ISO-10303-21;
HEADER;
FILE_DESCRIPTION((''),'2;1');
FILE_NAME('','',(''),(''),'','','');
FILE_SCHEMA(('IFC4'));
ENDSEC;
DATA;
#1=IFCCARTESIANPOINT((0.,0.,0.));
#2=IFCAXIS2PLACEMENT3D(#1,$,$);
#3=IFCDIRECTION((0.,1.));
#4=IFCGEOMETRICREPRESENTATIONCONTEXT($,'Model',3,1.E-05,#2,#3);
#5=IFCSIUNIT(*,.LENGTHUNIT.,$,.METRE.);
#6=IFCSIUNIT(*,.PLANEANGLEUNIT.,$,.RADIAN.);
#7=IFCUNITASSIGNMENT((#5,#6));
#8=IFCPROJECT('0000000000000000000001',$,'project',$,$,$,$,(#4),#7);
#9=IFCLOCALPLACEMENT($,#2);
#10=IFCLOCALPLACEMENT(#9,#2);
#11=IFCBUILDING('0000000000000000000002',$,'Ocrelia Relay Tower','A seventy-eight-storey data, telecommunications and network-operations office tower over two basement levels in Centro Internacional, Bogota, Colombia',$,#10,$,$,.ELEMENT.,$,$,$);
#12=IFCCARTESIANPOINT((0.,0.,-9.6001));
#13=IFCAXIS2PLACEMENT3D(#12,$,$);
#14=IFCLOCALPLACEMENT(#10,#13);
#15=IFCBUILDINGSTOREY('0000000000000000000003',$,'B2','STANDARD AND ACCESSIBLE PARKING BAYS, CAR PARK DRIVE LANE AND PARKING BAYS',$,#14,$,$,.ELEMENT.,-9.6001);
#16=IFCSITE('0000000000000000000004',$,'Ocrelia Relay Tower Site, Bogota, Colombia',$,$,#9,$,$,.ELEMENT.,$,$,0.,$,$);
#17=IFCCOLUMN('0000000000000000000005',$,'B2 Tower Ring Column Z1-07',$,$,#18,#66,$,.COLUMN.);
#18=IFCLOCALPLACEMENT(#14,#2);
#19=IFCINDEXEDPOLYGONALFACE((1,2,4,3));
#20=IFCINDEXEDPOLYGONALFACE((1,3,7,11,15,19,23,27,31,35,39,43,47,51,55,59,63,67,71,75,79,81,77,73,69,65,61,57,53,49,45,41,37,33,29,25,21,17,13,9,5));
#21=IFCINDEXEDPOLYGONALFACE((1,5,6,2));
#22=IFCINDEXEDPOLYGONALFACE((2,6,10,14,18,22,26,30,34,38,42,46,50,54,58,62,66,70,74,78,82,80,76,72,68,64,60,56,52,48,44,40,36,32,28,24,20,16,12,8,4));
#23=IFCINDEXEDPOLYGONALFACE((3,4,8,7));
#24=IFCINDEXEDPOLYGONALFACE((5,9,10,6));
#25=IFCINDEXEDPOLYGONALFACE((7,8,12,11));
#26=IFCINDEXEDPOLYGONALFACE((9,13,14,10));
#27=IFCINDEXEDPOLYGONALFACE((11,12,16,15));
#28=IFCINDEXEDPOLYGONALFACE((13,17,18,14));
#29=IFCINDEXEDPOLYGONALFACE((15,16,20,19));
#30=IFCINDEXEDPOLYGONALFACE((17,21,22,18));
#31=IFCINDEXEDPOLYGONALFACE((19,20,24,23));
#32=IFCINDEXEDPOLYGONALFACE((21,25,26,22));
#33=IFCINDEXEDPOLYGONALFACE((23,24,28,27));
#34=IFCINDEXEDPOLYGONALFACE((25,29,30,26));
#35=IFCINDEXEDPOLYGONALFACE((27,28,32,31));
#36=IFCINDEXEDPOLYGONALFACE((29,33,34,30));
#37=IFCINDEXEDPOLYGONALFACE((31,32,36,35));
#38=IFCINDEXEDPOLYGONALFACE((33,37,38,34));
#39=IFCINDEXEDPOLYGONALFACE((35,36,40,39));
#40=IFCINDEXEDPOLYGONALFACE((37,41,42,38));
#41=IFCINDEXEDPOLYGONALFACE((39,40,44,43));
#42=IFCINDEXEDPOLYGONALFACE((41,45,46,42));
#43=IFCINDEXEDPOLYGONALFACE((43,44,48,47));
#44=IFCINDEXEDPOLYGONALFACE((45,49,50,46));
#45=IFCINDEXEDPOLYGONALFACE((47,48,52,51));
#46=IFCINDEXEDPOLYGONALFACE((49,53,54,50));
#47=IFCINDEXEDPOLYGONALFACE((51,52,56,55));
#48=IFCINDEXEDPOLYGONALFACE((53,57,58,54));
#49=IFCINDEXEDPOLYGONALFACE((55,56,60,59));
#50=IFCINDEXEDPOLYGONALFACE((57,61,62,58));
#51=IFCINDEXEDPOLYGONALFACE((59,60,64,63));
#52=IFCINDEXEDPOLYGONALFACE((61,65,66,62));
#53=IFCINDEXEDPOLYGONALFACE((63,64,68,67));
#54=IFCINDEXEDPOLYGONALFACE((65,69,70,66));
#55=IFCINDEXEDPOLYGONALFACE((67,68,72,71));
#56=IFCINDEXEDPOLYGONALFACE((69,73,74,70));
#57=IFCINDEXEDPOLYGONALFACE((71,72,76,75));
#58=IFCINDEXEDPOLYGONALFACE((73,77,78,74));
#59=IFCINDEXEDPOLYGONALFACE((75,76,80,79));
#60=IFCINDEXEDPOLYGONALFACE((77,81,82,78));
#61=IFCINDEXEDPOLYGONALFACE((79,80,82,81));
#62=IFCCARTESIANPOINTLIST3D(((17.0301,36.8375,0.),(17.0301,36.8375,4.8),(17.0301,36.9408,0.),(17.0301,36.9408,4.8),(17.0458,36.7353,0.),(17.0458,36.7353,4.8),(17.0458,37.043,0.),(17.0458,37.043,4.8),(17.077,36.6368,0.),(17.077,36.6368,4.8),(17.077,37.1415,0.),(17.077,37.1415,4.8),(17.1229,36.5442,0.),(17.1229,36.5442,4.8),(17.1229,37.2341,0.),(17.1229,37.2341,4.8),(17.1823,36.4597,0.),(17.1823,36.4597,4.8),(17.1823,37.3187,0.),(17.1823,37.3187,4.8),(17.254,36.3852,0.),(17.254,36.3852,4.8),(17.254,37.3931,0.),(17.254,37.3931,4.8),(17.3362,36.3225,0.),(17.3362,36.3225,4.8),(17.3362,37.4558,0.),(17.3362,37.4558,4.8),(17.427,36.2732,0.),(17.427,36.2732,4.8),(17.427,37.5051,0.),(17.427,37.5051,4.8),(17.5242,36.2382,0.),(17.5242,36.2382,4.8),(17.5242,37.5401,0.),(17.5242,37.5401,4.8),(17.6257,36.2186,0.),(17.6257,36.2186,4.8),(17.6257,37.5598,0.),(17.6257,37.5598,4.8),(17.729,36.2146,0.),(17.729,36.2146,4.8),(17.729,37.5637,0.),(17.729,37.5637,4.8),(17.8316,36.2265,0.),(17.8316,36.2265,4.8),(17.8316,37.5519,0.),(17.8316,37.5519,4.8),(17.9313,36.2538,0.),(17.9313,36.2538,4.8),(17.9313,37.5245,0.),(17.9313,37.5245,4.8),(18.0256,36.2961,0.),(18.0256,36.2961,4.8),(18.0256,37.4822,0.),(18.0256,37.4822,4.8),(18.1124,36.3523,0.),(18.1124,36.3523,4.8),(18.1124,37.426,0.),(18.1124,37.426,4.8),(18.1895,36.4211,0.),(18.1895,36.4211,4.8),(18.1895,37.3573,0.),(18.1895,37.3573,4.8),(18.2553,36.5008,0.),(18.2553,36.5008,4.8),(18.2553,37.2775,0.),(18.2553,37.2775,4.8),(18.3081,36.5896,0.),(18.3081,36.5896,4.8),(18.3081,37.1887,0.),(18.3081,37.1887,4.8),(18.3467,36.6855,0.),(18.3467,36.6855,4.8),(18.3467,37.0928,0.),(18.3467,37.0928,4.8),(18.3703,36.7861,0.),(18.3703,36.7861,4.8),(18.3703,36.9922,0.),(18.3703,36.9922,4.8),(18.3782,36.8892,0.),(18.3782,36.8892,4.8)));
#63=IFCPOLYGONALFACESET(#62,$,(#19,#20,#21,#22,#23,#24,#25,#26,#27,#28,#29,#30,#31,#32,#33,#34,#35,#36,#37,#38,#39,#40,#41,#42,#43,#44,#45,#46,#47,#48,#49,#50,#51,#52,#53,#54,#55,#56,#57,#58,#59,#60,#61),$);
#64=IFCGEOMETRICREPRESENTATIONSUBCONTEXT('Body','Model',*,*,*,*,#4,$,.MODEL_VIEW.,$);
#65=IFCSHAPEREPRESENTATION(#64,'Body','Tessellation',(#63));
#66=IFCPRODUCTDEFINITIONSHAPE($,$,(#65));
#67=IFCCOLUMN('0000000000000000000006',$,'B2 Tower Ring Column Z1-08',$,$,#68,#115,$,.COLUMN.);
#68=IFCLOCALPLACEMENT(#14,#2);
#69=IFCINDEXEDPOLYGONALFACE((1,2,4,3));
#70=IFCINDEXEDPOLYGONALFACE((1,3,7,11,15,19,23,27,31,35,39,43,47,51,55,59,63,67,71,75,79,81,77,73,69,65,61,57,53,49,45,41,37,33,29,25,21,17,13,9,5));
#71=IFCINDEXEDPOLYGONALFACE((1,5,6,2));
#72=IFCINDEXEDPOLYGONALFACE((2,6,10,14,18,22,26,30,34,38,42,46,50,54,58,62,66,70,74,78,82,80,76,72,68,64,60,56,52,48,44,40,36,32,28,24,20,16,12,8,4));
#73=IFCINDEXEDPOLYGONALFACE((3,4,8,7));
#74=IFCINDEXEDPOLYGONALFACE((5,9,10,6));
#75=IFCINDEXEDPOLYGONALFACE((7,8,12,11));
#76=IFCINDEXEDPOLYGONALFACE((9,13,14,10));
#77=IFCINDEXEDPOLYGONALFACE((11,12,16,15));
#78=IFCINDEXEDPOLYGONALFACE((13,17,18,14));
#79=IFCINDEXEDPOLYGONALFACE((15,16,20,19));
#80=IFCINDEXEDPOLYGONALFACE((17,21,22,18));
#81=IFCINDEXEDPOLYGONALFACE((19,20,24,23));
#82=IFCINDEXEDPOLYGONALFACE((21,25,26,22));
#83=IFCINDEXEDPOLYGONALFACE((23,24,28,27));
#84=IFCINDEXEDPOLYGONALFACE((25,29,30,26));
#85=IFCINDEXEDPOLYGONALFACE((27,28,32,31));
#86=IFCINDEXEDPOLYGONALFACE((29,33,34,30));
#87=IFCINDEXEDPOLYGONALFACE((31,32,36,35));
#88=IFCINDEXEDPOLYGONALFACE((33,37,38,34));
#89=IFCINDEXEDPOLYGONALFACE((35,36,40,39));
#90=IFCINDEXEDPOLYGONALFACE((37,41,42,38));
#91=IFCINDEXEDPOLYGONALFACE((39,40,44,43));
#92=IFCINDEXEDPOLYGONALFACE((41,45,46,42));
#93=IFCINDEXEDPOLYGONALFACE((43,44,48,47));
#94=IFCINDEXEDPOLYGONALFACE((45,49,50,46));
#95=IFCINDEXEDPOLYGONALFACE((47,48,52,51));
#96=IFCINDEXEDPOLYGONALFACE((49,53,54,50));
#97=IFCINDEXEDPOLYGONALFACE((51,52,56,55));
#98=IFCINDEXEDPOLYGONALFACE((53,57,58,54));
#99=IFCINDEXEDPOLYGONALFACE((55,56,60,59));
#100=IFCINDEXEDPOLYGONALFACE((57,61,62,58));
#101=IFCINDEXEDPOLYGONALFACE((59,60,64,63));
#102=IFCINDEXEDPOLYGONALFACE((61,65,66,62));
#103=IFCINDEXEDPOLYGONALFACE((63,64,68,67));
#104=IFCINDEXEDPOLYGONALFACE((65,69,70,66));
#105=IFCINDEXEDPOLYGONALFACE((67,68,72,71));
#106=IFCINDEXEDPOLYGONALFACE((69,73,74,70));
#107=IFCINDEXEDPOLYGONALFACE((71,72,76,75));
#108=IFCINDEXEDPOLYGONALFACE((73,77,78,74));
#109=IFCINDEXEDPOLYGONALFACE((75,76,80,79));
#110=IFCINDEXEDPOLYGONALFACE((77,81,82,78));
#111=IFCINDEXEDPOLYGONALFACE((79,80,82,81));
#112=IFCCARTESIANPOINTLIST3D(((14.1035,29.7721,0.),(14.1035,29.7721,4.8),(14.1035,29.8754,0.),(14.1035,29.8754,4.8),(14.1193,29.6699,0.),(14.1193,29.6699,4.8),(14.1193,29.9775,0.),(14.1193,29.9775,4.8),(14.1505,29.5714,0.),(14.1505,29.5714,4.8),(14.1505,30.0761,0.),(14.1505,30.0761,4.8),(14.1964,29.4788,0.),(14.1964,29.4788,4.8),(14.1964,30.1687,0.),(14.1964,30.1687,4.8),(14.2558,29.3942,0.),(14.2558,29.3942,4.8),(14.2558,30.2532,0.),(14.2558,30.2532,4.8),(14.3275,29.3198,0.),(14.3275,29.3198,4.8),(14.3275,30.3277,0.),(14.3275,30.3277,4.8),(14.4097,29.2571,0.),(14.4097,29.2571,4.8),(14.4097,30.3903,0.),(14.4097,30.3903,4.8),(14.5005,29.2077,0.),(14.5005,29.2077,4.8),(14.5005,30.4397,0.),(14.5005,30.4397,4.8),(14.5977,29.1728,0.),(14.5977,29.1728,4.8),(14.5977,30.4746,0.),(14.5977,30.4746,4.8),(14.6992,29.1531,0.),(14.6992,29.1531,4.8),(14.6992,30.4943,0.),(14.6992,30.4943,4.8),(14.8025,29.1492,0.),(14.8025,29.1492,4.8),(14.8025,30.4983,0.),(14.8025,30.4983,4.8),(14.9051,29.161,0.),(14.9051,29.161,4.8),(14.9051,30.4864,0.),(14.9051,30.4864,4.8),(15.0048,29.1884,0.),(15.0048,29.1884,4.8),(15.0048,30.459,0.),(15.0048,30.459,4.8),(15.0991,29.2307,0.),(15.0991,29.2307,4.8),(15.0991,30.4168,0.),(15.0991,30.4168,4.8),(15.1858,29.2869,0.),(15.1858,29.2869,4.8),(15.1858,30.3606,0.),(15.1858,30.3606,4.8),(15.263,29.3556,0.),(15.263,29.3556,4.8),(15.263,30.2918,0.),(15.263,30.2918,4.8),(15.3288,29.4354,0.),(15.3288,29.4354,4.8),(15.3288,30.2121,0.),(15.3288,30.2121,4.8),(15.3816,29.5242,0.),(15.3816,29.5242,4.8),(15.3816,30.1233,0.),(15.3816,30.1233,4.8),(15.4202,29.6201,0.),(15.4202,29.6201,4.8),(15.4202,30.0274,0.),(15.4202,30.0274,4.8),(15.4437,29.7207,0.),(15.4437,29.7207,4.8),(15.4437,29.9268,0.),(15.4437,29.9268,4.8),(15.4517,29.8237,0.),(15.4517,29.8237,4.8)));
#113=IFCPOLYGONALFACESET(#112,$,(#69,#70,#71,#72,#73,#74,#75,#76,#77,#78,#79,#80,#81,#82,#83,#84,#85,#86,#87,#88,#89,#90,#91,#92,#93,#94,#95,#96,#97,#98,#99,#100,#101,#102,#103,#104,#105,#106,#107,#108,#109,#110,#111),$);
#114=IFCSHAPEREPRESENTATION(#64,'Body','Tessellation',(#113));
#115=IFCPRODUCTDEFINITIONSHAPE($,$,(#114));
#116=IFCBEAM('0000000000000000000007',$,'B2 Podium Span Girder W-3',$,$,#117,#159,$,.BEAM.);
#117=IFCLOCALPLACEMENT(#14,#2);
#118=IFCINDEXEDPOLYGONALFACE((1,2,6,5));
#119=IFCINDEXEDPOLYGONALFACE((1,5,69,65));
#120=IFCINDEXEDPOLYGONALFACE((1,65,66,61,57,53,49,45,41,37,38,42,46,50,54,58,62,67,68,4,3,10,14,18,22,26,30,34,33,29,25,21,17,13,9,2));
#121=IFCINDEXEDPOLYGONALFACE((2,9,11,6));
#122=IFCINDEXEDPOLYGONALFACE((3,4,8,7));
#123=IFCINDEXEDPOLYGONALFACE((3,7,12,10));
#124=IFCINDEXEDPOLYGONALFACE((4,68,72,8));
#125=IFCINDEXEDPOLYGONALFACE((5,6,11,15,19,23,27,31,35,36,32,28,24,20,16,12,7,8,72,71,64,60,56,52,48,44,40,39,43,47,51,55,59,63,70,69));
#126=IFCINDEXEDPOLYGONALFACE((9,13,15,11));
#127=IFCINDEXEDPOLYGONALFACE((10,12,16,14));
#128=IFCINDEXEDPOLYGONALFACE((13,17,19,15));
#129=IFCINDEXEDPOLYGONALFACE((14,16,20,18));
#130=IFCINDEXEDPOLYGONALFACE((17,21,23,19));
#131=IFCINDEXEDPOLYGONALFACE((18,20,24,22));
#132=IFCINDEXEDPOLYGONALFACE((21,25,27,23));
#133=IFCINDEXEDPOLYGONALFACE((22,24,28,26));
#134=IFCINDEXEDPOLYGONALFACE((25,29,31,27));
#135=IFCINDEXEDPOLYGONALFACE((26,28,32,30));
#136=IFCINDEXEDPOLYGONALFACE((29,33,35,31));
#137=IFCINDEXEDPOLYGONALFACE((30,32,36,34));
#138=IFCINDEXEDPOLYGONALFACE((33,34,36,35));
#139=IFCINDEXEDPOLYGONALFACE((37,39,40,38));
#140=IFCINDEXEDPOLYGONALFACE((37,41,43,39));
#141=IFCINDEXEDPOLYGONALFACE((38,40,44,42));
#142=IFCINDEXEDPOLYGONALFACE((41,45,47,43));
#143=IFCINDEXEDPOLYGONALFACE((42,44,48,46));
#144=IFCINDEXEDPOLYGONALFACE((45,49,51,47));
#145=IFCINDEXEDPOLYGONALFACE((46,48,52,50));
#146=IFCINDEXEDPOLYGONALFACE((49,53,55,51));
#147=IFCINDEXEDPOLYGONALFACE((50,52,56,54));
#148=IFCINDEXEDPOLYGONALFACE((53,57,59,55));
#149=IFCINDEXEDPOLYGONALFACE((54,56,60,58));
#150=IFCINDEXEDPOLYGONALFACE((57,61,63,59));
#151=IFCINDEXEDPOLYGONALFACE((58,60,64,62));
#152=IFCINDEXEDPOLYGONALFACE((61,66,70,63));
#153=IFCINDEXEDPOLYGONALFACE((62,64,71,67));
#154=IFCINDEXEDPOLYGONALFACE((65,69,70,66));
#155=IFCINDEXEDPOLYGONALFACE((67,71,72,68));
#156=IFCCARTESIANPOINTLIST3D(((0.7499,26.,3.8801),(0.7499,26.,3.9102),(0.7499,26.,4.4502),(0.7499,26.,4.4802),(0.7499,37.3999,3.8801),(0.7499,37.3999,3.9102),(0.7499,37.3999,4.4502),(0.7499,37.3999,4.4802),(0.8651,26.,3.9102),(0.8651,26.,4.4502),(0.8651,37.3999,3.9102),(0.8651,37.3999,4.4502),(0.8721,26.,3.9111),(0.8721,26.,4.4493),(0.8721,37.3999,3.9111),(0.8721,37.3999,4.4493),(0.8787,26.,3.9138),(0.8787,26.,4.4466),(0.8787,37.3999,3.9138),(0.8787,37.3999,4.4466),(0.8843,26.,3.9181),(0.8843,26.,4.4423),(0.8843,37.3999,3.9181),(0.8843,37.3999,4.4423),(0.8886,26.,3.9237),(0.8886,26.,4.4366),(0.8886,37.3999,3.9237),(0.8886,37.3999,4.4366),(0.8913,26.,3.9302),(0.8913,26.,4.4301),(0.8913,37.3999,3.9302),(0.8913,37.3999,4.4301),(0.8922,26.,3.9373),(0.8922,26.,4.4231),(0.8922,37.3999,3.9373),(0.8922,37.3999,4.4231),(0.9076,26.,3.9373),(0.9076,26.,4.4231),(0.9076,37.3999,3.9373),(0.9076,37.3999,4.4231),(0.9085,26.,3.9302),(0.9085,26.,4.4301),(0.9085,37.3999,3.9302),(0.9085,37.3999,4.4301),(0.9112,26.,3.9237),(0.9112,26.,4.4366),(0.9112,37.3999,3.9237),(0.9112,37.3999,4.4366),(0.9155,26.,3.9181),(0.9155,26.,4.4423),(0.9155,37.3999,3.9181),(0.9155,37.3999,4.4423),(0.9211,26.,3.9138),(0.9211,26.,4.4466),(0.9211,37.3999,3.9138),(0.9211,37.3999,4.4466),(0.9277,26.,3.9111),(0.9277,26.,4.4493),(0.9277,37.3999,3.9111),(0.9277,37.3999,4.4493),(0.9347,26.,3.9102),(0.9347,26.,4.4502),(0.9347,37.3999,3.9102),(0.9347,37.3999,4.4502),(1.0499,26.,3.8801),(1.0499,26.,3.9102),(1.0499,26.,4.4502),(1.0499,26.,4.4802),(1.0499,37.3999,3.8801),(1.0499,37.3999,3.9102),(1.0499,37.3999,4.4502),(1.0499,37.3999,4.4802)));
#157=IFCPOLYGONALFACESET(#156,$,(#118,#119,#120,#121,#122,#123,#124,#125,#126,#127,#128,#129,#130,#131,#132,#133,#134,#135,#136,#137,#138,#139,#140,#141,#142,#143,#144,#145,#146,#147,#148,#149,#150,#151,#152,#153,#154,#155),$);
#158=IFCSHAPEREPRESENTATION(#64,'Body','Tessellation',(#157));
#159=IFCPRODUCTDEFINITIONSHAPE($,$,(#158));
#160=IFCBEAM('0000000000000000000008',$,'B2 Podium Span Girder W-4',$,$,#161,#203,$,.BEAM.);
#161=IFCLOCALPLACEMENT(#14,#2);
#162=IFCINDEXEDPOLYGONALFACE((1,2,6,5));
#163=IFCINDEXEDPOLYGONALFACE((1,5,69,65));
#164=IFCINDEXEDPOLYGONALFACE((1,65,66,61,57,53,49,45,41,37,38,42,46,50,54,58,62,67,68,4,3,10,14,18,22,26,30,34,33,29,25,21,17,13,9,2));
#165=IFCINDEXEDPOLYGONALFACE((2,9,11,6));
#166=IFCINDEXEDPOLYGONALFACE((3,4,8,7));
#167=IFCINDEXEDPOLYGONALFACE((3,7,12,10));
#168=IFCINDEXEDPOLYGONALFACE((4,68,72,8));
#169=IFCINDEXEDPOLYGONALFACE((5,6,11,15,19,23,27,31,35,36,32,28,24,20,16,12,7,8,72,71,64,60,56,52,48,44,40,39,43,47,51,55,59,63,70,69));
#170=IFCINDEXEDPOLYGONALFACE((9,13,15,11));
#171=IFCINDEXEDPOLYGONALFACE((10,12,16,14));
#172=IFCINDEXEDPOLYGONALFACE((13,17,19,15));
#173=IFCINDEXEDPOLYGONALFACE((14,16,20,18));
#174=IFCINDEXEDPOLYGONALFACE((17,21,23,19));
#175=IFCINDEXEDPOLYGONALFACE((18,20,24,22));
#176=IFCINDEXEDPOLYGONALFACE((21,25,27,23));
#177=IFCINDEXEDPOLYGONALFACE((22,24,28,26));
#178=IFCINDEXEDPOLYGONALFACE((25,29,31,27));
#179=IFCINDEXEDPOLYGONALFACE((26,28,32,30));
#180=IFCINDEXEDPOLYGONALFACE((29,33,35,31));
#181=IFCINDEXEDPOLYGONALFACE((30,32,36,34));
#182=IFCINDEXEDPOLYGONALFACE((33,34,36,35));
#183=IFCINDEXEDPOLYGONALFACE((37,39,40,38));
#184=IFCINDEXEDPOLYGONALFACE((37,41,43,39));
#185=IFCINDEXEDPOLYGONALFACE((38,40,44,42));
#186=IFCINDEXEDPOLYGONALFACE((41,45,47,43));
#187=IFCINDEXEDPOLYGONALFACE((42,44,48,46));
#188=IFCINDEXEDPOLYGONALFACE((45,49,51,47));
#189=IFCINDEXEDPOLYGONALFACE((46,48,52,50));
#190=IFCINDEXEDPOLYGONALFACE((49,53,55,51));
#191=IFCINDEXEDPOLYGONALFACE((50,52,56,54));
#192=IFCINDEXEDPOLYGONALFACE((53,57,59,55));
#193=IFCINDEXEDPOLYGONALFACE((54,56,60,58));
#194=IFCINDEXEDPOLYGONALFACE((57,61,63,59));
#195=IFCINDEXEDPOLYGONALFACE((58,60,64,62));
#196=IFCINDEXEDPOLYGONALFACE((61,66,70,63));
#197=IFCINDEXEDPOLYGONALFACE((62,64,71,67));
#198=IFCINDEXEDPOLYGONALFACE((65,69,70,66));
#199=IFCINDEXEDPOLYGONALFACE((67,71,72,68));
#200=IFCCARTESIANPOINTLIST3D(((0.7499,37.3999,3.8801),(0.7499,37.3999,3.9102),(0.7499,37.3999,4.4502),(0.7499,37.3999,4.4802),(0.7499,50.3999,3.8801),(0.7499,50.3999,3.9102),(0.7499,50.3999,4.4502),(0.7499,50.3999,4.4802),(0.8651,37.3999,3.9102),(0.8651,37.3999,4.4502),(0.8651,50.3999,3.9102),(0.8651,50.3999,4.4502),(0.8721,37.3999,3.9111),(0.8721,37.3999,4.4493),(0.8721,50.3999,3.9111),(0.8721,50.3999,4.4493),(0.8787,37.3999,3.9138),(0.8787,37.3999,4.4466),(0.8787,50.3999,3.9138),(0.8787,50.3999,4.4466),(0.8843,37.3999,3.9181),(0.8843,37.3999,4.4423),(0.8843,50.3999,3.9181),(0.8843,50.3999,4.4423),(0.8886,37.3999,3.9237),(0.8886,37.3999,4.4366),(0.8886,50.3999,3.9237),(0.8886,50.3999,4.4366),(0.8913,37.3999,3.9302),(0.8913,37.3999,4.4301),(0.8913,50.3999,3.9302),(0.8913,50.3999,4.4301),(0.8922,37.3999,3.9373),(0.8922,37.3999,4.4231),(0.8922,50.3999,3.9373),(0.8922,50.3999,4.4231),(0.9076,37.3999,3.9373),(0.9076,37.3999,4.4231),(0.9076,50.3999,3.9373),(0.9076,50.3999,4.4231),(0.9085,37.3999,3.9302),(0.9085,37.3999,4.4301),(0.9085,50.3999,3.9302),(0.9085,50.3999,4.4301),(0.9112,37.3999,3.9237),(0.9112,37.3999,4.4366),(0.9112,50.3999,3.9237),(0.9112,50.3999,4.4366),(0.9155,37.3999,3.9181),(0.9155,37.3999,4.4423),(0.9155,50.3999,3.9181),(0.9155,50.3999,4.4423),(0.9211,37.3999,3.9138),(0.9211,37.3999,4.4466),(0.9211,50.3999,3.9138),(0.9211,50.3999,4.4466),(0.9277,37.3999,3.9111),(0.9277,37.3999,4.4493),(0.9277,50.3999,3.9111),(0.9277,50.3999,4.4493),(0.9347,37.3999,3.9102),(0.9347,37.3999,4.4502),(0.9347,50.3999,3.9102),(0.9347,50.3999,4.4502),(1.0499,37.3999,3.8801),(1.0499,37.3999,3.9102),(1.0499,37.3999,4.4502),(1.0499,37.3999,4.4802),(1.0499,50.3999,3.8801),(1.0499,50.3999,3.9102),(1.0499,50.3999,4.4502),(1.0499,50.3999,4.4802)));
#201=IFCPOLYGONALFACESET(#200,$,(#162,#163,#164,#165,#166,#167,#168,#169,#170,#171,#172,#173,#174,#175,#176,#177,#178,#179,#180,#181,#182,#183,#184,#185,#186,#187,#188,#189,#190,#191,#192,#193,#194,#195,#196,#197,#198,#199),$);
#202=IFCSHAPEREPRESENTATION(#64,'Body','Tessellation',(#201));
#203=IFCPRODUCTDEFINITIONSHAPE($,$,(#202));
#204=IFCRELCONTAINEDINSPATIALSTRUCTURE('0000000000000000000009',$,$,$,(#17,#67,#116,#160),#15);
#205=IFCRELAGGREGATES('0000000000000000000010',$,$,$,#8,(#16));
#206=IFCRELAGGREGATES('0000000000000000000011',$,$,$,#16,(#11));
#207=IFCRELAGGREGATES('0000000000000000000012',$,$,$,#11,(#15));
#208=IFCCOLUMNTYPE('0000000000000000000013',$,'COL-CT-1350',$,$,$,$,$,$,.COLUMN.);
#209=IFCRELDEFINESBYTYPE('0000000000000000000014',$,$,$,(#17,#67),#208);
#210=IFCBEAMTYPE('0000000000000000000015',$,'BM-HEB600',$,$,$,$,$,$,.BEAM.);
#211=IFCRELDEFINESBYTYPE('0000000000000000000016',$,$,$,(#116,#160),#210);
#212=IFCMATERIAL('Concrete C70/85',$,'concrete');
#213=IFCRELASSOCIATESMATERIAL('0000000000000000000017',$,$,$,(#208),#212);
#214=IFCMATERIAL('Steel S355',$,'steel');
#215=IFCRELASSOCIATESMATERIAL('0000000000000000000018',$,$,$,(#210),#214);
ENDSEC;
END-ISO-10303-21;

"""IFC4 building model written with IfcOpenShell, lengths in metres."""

from ifc_helpers import new_model, si_unit, direction, frame, origin, origin_2d, place, context, subcontext, project, spatial, circle, i_section, extrude, material, material_profile, profile_set, type_object, element, save


model = new_model("IFC4")

# Units and contexts
model_context = context("Model", 3, precision=1e-05, world=origin(), true_north=direction((0.0, 1.0)))
body_context = subcontext(model_context, "Body", "Model", "MODEL_VIEW")
ifc_project = project(units=[si_unit("LENGTHUNIT", "METRE"), si_unit("PLANEANGLEUNIT", "RADIAN")], contexts=[model_context])

# Site, building, storey
site_placement = place(None, origin())
site = spatial("IfcSite", under=ifc_project, at=site_placement, Name="Ocrelia Relay Tower Site, Bogota, Colombia", CompositionType="ELEMENT", RefElevation=0.0)
building_placement = place(site_placement, origin())
building = spatial("IfcBuilding", under=site, at=building_placement, Name="Ocrelia Relay Tower", Description="A seventy-eight-storey data, telecommunications and network-operations office tower over two basement levels in Centro Internacional, Bogota, Colombia", CompositionType="ELEMENT")
storey_placement = place(building_placement, frame((0.0, 0.0, -9.6001)))
storey = spatial("IfcBuildingStorey", under=building, at=storey_placement, Name="B2", Description="STANDARD AND ACCESSIBLE PARKING BAYS, CAR PARK DRIVE LANE AND PARKING BAYS", CompositionType="ELEMENT", Elevation=-9.6001)

# Columns
ifc_material_1 = material(Name="Concrete C70/85", Category="concrete")
ifc_material_profile_1 = material_profile(ifc_material_1, circle(Radius=0.675, at=origin_2d()), Name="RC-CIR-1350")
ifc_profile_set_1 = profile_set([ifc_material_profile_1], Name="Concrete C70/85")
column_type_1 = type_object("IfcColumnType", Name="COL-CT-1350", PredefinedType="COLUMN", material=ifc_profile_set_1)
for number, where, z_axis, x_axis, name in (
    (1, (17.7031, 36.8892, 0.0), (0.0, 0.0, 1.0), (1.0, 0.0, 0.0), "B2 Tower Ring Column Z1-07"),
    (2, (14.7766, 29.8237, 0.0), (0.0, 0.0, 1.0), (1.0, 0.0, 0.0), "B2 Tower Ring Column Z1-08"),
):
    element("IfcColumn", number, at=place(storey_placement, frame(where, z_axis=z_axis, x_axis=x_axis)), inside=storey, type_object=column_type_1, Name=name, PredefinedType="COLUMN", context=body_context, shape_type="SweptSolid", body=[
        extrude(circle(Radius=0.675, at=origin_2d()), origin(), (0.0, 0.0, 1.0), 4.8),
    ])

# Beams
ifc_material_2 = material(Name="Steel S355", Category="steel")
ifc_material_profile_2 = material_profile(ifc_material_2, i_section(OverallWidth=0.3, OverallDepth=0.6001, WebThickness=0.0154, FlangeThickness=0.03, FilletRadius=0.0271, at=origin_2d()), Name="HEB 600")
ifc_profile_set_2 = profile_set([ifc_material_profile_2], Name="Steel S355")
beam_type_1 = type_object("IfcBeamType", Name="BM-HEB600", PredefinedType="BEAM", material=ifc_profile_set_2)
beam_1_placement = place(storey_placement, frame((0.8999, 26.0, 4.1802), z_axis=(0.0, 1.0, 0.0), x_axis=(-1.0, 0.0, 0.0)))
element("IfcBeam", 3, at=beam_1_placement, inside=storey, type_object=beam_type_1, Name="B2 Podium Span Girder W-3", PredefinedType="BEAM", context=body_context, shape_type="SweptSolid", body=[
    extrude(i_section(OverallWidth=0.3, OverallDepth=0.6001, WebThickness=0.0154, FlangeThickness=0.03, FilletRadius=0.0271, at=origin_2d()), origin(), (0.0, 0.0, 1.0), 11.3999),
])
beam_2_placement = place(storey_placement, frame((0.8999, 37.3999, 4.1802), z_axis=(0.0, 1.0, 0.0), x_axis=(-1.0, 0.0, 0.0)))
element("IfcBeam", 4, at=beam_2_placement, inside=storey, type_object=beam_type_1, Name="B2 Podium Span Girder W-4", PredefinedType="BEAM", context=body_context, shape_type="SweptSolid", body=[
    extrude(i_section(OverallWidth=0.3, OverallDepth=0.6001, WebThickness=0.0154, FlangeThickness=0.03, FilletRadius=0.0271, at=origin_2d()), origin(), (0.0, 0.0, 1.0), 13.0),
])

save(model, "model.ifc")
